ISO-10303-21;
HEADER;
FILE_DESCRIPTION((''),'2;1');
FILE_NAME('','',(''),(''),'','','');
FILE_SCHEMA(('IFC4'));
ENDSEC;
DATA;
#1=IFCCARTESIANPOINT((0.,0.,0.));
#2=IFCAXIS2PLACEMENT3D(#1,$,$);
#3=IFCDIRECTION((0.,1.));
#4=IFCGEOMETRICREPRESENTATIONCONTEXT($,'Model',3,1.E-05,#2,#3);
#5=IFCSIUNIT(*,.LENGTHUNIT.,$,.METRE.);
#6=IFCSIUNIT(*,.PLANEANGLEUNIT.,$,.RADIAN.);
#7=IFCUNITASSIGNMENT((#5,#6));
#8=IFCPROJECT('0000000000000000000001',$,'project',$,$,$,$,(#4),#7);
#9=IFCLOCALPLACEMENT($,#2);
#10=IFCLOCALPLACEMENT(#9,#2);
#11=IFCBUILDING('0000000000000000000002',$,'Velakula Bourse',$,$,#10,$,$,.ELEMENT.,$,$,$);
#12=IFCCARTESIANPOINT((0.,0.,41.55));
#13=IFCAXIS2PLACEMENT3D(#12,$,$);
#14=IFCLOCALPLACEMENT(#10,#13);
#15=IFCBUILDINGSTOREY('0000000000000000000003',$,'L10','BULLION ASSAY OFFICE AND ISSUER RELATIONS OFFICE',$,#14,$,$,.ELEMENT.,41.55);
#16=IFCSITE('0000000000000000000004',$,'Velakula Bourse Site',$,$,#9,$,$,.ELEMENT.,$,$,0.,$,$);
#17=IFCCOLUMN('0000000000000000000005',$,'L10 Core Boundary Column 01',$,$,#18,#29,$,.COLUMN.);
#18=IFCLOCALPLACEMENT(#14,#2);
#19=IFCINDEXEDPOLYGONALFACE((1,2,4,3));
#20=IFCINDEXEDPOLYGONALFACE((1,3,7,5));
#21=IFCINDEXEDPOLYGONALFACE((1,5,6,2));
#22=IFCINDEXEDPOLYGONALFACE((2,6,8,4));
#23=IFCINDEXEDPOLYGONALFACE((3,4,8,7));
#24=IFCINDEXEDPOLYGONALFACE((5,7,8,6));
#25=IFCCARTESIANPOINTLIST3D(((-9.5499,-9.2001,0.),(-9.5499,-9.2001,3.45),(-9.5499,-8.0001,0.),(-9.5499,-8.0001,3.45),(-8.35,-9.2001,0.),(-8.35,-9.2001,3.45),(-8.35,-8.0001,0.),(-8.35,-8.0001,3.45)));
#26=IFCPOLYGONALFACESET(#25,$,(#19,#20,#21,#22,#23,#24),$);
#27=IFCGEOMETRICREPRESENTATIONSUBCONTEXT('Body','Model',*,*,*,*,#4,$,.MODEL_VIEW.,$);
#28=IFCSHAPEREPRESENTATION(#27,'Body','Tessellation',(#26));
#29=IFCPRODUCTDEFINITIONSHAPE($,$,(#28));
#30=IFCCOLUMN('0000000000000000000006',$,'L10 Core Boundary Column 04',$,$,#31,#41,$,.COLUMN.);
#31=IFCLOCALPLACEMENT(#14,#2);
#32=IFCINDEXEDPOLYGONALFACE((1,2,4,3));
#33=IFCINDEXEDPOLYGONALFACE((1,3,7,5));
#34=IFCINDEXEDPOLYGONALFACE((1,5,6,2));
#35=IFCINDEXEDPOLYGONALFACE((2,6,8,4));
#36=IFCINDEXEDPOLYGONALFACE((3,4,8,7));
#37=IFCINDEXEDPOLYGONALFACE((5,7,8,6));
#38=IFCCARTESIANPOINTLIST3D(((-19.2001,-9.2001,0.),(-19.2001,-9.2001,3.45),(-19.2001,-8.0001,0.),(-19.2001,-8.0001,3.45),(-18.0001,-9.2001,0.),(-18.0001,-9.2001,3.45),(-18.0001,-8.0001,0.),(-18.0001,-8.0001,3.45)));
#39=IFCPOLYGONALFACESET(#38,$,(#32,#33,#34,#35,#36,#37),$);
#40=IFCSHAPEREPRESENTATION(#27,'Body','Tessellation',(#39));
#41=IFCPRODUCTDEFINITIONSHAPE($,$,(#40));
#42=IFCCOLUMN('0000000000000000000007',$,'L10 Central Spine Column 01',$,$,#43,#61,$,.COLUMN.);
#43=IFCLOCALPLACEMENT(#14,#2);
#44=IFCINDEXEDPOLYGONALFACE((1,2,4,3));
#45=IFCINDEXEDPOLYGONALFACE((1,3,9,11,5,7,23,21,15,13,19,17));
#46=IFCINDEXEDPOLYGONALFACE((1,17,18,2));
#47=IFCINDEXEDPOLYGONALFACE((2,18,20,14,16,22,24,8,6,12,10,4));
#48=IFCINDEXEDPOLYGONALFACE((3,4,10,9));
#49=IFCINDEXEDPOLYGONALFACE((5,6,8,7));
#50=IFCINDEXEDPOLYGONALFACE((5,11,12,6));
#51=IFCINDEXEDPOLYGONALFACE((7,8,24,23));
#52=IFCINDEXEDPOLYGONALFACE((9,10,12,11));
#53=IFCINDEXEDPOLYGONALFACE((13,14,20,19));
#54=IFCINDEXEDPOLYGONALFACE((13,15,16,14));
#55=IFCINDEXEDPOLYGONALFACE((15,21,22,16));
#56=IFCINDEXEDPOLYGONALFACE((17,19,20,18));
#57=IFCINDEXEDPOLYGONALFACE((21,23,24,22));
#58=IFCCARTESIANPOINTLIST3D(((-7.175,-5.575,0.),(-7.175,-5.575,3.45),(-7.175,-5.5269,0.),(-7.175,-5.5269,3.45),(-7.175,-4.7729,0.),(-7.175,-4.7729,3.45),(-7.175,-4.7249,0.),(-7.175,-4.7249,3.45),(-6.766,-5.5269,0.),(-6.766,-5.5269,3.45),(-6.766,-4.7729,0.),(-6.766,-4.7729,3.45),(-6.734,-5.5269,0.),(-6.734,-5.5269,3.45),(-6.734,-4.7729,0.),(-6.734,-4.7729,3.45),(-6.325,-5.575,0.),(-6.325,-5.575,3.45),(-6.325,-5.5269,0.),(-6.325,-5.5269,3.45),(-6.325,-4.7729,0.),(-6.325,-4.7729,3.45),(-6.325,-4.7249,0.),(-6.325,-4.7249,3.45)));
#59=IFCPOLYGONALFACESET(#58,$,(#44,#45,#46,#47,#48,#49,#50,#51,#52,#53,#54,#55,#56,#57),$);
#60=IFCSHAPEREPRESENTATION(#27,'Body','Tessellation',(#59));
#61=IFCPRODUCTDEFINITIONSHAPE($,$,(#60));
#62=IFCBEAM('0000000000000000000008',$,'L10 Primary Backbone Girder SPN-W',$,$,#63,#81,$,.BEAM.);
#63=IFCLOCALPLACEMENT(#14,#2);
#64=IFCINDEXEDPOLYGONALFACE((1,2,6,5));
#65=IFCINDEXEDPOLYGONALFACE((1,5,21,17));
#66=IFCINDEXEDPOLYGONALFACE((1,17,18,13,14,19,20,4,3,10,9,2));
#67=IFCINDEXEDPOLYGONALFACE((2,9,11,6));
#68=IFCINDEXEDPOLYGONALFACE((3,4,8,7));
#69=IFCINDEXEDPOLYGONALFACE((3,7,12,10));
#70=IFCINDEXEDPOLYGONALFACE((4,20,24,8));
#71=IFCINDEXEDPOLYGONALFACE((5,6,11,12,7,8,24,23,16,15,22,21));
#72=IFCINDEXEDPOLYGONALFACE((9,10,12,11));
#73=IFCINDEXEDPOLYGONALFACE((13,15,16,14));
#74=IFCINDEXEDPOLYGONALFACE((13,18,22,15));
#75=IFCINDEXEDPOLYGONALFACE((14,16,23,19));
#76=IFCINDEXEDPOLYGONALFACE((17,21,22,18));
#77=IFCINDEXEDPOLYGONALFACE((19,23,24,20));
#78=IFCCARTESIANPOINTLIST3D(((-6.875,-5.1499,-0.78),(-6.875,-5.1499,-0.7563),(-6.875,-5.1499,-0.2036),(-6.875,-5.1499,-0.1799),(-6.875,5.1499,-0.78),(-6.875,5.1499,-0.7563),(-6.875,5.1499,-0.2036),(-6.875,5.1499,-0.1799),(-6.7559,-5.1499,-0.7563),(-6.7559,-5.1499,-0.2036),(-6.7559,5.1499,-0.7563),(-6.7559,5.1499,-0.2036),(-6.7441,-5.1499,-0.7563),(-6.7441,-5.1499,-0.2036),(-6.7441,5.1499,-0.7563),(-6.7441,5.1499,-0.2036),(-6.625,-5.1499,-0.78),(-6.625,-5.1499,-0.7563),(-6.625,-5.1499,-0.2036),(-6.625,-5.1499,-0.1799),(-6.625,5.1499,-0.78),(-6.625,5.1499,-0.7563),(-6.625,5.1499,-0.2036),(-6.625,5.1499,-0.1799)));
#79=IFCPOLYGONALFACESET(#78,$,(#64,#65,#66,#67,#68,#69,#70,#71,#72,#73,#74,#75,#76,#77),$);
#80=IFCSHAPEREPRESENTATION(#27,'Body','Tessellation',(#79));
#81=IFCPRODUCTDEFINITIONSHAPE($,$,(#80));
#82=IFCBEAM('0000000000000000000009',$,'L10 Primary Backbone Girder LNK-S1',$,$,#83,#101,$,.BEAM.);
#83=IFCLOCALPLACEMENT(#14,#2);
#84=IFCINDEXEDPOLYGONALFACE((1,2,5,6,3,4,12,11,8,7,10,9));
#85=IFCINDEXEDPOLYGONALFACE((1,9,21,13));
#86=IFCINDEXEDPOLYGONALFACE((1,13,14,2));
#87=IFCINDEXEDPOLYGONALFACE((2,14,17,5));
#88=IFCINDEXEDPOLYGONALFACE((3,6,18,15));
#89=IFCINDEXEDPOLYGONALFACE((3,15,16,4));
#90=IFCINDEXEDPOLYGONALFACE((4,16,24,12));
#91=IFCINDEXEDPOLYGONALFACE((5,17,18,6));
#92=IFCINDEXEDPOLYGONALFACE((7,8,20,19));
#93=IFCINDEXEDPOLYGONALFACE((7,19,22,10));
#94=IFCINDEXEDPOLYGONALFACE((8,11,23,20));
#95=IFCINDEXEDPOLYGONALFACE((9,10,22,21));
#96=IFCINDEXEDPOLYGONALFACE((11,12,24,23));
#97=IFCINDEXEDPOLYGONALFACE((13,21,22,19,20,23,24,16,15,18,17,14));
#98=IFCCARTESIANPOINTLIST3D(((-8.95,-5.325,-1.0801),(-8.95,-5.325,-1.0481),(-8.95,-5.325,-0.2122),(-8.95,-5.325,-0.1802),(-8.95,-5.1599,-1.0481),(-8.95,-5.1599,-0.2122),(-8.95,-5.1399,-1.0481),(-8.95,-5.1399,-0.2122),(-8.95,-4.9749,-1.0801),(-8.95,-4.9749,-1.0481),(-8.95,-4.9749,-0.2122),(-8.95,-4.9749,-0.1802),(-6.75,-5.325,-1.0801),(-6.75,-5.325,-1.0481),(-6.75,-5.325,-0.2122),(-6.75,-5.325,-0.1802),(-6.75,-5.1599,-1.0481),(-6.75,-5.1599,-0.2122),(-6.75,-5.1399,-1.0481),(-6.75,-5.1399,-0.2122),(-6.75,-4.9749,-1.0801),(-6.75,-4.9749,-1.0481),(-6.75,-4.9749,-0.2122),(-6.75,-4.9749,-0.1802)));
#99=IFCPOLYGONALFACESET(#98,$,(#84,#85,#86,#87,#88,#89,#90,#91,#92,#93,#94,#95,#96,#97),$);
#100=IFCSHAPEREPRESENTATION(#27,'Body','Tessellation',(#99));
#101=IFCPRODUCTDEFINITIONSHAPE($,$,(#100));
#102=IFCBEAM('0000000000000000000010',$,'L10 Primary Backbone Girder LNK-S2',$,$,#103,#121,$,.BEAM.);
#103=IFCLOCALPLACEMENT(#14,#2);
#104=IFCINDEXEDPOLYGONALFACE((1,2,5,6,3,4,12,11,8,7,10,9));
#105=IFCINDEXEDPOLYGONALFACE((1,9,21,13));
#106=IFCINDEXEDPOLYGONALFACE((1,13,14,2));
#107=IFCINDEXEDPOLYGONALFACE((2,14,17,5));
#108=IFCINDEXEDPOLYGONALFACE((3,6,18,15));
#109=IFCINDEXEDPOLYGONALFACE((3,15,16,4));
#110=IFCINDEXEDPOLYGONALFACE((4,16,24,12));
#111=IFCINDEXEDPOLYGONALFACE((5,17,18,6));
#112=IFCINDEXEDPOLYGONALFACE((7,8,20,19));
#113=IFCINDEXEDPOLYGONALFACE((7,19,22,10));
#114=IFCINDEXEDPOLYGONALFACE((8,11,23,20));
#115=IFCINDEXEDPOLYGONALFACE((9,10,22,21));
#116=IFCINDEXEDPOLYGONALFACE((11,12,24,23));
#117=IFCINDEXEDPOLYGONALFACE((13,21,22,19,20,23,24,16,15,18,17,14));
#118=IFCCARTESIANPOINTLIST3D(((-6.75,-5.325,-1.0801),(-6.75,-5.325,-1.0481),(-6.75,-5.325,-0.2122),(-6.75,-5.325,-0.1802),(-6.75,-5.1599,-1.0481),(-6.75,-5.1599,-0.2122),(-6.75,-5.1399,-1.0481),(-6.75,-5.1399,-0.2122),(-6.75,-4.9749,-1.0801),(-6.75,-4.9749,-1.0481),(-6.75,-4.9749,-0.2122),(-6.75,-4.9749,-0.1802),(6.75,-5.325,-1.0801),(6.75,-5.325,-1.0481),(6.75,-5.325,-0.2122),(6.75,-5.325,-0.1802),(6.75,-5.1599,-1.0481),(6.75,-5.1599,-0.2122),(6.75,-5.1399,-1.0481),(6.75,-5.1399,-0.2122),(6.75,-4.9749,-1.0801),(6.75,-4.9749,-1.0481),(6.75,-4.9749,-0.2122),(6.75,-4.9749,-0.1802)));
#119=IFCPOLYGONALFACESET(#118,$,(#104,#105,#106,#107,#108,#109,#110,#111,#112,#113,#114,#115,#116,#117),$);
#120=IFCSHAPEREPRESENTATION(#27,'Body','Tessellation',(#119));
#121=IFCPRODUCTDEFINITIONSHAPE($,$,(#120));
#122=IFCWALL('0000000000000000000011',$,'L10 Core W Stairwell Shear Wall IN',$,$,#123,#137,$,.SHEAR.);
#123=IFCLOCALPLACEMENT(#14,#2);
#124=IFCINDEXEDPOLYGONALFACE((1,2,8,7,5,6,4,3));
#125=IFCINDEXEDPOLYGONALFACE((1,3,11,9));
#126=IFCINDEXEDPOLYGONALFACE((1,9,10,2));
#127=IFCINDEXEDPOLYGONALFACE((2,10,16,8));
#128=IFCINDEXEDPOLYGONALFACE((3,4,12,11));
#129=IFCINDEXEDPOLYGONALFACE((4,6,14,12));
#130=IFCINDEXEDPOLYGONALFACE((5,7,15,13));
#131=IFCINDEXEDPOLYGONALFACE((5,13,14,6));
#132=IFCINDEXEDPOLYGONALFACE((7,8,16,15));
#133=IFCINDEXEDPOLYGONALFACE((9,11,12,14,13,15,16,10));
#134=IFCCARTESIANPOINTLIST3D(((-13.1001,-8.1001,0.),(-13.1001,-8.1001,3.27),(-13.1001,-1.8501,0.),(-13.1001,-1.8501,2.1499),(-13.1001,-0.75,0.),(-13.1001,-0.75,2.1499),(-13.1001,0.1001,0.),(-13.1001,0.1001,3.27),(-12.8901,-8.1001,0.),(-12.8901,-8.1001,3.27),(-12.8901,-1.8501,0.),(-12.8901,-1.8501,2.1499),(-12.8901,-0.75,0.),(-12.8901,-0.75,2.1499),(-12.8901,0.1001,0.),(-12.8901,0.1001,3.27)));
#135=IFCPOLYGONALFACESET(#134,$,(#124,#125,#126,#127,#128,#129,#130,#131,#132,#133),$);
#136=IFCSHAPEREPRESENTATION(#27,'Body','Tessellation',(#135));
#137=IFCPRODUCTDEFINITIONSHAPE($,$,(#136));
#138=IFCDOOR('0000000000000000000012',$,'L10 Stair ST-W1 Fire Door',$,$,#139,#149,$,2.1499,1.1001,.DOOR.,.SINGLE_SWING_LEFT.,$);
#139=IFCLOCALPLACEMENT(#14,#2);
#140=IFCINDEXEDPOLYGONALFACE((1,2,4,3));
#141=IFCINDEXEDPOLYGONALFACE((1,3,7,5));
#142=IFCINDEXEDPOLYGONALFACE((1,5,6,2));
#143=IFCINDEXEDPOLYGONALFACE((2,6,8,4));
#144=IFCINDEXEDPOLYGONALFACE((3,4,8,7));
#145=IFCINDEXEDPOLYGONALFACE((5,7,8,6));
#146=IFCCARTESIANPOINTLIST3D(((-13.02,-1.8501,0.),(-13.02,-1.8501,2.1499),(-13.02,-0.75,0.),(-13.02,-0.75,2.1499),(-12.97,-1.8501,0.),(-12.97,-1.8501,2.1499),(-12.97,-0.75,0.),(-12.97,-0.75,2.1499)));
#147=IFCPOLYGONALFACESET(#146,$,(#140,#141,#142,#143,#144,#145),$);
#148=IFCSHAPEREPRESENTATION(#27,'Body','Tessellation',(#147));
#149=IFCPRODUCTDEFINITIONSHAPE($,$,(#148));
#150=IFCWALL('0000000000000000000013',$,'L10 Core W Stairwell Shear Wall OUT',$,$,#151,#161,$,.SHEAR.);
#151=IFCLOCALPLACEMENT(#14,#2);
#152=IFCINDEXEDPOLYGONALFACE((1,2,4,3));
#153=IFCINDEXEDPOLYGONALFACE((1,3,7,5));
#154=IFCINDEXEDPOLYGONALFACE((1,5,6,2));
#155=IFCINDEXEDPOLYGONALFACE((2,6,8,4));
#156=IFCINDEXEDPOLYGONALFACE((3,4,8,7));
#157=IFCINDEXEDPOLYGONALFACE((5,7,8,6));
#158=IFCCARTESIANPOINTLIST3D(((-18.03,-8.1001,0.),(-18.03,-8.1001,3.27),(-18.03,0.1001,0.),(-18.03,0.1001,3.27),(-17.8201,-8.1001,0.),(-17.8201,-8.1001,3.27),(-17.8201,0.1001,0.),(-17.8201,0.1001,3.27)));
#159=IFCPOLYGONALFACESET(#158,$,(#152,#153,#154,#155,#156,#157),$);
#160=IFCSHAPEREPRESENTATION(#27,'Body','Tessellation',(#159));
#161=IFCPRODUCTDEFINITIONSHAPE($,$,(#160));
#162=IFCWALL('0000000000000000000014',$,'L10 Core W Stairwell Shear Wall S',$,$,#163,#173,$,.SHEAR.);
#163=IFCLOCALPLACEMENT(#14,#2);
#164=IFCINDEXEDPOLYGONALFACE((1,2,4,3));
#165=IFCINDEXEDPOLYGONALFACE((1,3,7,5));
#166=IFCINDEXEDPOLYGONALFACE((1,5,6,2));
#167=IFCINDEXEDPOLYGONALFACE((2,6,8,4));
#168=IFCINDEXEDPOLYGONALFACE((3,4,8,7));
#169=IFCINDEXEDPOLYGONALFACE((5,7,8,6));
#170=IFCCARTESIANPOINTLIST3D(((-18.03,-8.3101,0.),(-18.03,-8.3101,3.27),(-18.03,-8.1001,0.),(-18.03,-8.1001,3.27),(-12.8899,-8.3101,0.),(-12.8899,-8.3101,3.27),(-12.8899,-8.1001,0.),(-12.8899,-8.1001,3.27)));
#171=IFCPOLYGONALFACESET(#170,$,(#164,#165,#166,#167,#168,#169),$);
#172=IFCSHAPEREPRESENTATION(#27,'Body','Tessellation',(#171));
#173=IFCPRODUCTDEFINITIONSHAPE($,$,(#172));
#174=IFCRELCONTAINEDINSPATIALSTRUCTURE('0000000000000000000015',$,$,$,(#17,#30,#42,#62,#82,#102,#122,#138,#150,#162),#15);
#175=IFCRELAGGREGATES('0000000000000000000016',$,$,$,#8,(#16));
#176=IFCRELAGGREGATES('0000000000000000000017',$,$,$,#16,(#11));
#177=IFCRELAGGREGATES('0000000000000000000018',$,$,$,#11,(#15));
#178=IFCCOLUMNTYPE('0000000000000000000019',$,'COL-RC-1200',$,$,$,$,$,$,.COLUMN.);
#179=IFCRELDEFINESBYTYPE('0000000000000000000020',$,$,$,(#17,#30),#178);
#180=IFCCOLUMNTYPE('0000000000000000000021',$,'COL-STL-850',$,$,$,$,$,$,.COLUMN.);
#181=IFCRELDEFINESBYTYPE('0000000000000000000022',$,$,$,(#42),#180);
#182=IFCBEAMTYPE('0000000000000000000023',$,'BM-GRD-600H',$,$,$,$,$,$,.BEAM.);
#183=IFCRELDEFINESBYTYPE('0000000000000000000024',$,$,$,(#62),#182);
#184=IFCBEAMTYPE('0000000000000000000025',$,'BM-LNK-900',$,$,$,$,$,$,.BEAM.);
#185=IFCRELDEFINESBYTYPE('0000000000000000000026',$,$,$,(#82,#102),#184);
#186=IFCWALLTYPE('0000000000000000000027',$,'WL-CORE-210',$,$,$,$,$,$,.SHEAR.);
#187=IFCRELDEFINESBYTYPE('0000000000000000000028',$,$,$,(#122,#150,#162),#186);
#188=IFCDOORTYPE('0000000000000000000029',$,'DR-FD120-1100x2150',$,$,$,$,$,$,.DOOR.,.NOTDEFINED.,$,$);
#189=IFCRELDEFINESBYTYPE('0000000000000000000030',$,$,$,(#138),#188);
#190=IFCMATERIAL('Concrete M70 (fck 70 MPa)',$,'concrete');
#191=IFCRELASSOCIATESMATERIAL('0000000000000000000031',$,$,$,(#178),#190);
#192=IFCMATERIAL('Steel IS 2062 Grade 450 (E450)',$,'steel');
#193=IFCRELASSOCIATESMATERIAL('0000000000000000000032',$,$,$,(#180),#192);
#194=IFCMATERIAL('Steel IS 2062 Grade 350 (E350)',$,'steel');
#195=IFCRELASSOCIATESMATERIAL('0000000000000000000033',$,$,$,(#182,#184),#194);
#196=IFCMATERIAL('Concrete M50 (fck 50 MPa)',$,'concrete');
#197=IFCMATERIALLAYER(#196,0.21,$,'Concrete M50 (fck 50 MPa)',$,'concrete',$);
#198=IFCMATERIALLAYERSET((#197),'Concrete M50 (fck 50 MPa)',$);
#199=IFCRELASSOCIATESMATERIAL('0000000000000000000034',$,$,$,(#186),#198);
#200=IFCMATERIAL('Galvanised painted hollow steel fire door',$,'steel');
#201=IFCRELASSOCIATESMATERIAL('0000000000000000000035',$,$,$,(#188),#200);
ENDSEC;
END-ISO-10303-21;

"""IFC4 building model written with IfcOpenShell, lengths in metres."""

from ifc_helpers import new_model, si_unit, direction, frame, frame_2d, origin, origin_2d, place, context, subcontext, project, spatial, rectangle, i_section, extrude, material, layer, layer_set, material_profile, profile_set, type_object, element, fill, save


model = new_model("IFC4")

# Units and contexts
model_context = context("Model", 3, precision=1e-05, world=origin(), true_north=direction((0.0, 1.0)))
body_context = subcontext(model_context, "Body", "Model", "MODEL_VIEW")
ifc_project = project(units=[si_unit("LENGTHUNIT", "METRE"), si_unit("PLANEANGLEUNIT", "RADIAN")], contexts=[model_context])

# Site, building, storey
site_placement = place(None, origin())
site = spatial("IfcSite", under=ifc_project, at=site_placement, Name="Velakula Bourse Site", CompositionType="ELEMENT", RefElevation=0.0)
building_placement = place(site_placement, origin())
building = spatial("IfcBuilding", under=site, at=building_placement, Name="Velakula Bourse", CompositionType="ELEMENT")
storey_placement = place(building_placement, frame((0.0, 0.0, 41.55)))
storey = spatial("IfcBuildingStorey", under=building, at=storey_placement, Name="L10", Description="BULLION ASSAY OFFICE AND ISSUER RELATIONS OFFICE", CompositionType="ELEMENT", Elevation=41.55)

# Columns
ifc_material_1 = material(Name="Concrete M70 (fck 70 MPa)", Category="concrete")
ifc_material_profile_1 = material_profile(ifc_material_1, rectangle(XDim=1.2, YDim=1.2, at=origin_2d()), Name="Concrete M70 (fck 70 MPa)")
ifc_profile_set_1 = profile_set([ifc_material_profile_1], Name="Concrete M70 (fck 70 MPa)")
column_type_1 = type_object("IfcColumnType", Name="COL-RC-1200", PredefinedType="COLUMN", material=ifc_profile_set_1)
for number, where, z_axis, x_axis, name in (
    (1, (-8.95, -8.6001, 0.0), (0.0, 0.0, 1.0), (1.0, 0.0, 0.0), "L10 Core Boundary Column 01"),
    (2, (-18.6001, -8.6001, 0.0), (0.0, 0.0, 1.0), (1.0, 0.0, 0.0), "L10 Core Boundary Column 04"),
):
    element("IfcColumn", number, at=place(storey_placement, frame(where, z_axis=z_axis, x_axis=x_axis)), inside=storey, type_object=column_type_1, Name=name, PredefinedType="COLUMN", context=body_context, shape_type="SweptSolid", body=[
        extrude(rectangle(XDim=1.2, YDim=1.2, at=origin_2d()), origin(), (0.0, 0.0, 1.0), 3.45),
    ])
ifc_material_2 = material(Name="Steel IS 2062 Grade 450 (E450)", Category="steel")
ifc_material_profile_2 = material_profile(ifc_material_2, i_section(OverallWidth=0.8501, OverallDepth=0.8501, WebThickness=0.032, FlangeThickness=0.0481, at=origin_2d()), Name="Steel IS 2062 Grade 450 (E450)")
ifc_profile_set_2 = profile_set([ifc_material_profile_2], Name="Steel IS 2062 Grade 450 (E450)")
column_type_2 = type_object("IfcColumnType", Name="COL-STL-850", PredefinedType="COLUMN", material=ifc_profile_set_2)
column_placement = place(storey_placement, frame((-6.75, -5.1499, 0.0), z_axis=(0.0, 0.0, 1.0), x_axis=(1.0, 0.0, 0.0)))
element("IfcColumn", 3, at=column_placement, inside=storey, type_object=column_type_2, Name="L10 Central Spine Column 01", PredefinedType="COLUMN", context=body_context, shape_type="SweptSolid", body=[
    extrude(i_section(OverallWidth=0.8501, OverallDepth=0.8501, WebThickness=0.032, FlangeThickness=0.0481, at=origin_2d()), origin(), (0.0, 0.0, 1.0), 3.45),
])

# Beams
ifc_material_3 = material(Name="Steel IS 2062 Grade 350 (E350)", Category="steel")
ifc_material_profile_3 = material_profile(ifc_material_3, i_section(OverallWidth=0.25, OverallDepth=0.6001, WebThickness=0.0117, FlangeThickness=0.0237, at=origin_2d()), Name="Steel IS 2062 Grade 350 (E350)")
ifc_profile_set_3 = profile_set([ifc_material_profile_3], Name="Steel IS 2062 Grade 350 (E350)")
beam_type_1 = type_object("IfcBeamType", Name="BM-GRD-600H", PredefinedType="BEAM", material=ifc_profile_set_3)
beam_1_placement = place(storey_placement, frame((-6.75, -5.1499, -0.48), z_axis=(0.0, 1.0, 0.0), x_axis=(-1.0, 0.0, 0.0)))
element("IfcBeam", 4, at=beam_1_placement, inside=storey, type_object=beam_type_1, Name="L10 Primary Backbone Girder SPN-W", PredefinedType="BEAM", context=body_context, shape_type="SweptSolid", body=[
    extrude(i_section(OverallWidth=0.25, OverallDepth=0.6001, WebThickness=0.0117, FlangeThickness=0.0237, at=origin_2d()), origin(), (0.0, 0.0, 1.0), 10.2998),
])
ifc_material_profile_4 = material_profile(ifc_material_3, i_section(OverallWidth=0.3501, OverallDepth=0.8999, WebThickness=0.02, FlangeThickness=0.032, at=origin_2d()), Name="Steel IS 2062 Grade 350 (E350)")
ifc_profile_set_4 = profile_set([ifc_material_profile_4], Name="Steel IS 2062 Grade 350 (E350)")
beam_type_2 = type_object("IfcBeamType", Name="BM-LNK-900", PredefinedType="BEAM", material=ifc_profile_set_4)
beam_2_placement = place(storey_placement, frame((-8.95, -5.1499, -0.6301), z_axis=(1.0, 0.0, 0.0), x_axis=(0.0, 1.0, 0.0)))
element("IfcBeam", 5, at=beam_2_placement, inside=storey, type_object=beam_type_2, Name="L10 Primary Backbone Girder LNK-S1", PredefinedType="BEAM", context=body_context, shape_type="SweptSolid", body=[
    extrude(i_section(OverallWidth=0.3501, OverallDepth=0.8999, WebThickness=0.02, FlangeThickness=0.032, at=origin_2d()), origin(), (0.0, 0.0, 1.0), 2.2),
])
beam_3_placement = place(storey_placement, frame((-6.75, -5.1499, -0.6301), z_axis=(1.0, 0.0, 0.0), x_axis=(0.0, 1.0, 0.0)))
element("IfcBeam", 6, at=beam_3_placement, inside=storey, type_object=beam_type_2, Name="L10 Primary Backbone Girder LNK-S2", PredefinedType="BEAM", context=body_context, shape_type="SweptSolid", body=[
    extrude(i_section(OverallWidth=0.3501, OverallDepth=0.8999, WebThickness=0.02, FlangeThickness=0.032, at=origin_2d()), origin(), (0.0, 0.0, 1.0), 13.5),
])

# Wall, opening, door
ifc_material_4 = material(Name="Concrete M50 (fck 50 MPa)", Category="concrete")
ifc_layer_1 = layer(ifc_material_4, 0.21, Name="Concrete M50 (fck 50 MPa)", Category="concrete")
ifc_layer_set_1 = layer_set([ifc_layer_1], Name="Concrete M50 (fck 50 MPa)")
wall_type_1 = type_object("IfcWallType", Name="WL-CORE-210", PredefinedType="SHEAR", material=ifc_layer_set_1)
wall_1_placement = place(storey_placement, frame((-12.9951, -8.1001, 0.0), z_axis=(0.0, 0.0, 1.0), x_axis=(0.0, 1.0, 0.0)))
wall_1 = element("IfcWall", 7, at=wall_1_placement, inside=storey, type_object=wall_type_1, Name="L10 Core W Stairwell Shear Wall IN", PredefinedType="SHEAR", context=body_context, shape_type="SweptSolid", body=[
    extrude(rectangle(XDim=8.2002, YDim=0.21, at=frame_2d((4.1001, 0.0))), origin(), (0.0, 0.0, 1.0), 3.27),
])
opening_1_placement = place(wall_1_placement, frame((6.25, 0.0, 0.0)))
opening_1 = element("IfcOpeningElement", 8, at=opening_1_placement, cuts=wall_1, PredefinedType="OPENING", context=body_context, shape_type="SweptSolid", body=[
    extrude(rectangle(XDim=1.1001, YDim=2.1499, at=frame_2d((0.55, 1.075))), frame((0.0, 0.115, 0.0), z_axis=(0.0, -1.0, 0.0), x_axis=(1.0, 0.0, 0.0)), (0.0, 0.0, 1.0), 0.23),
])
ifc_material_5 = material(Name="Galvanised painted hollow steel fire door", Category="steel")
door_type_1 = type_object("IfcDoorType", Name="DR-FD120-1100x2150", OperationType="NOTDEFINED", PredefinedType="DOOR", material=ifc_material_5)
door_1_placement = place(opening_1_placement, origin())
door_1 = element("IfcDoor", 9, at=door_1_placement, inside=storey, type_object=door_type_1, Name="L10 Stair ST-W1 Fire Door", OperationType="SINGLE_SWING_LEFT", OverallHeight=2.1499, OverallWidth=1.1001, PredefinedType="DOOR", context=body_context, shape_type="SweptSolid", body=[
    extrude(rectangle(XDim=1.1001, YDim=2.1499, at=frame_2d((0.55, 1.075))), frame((0.0, 0.0249, 0.0), z_axis=(0.0, -1.0, 0.0), x_axis=(1.0, 0.0, 0.0)), (0.0, 0.0, 1.0), 0.05),
])
fill(opening_1, door_1)

# Walls
wall_2_placement = place(storey_placement, frame((-17.925, -8.1001, 0.0), z_axis=(0.0, 0.0, 1.0), x_axis=(0.0, 1.0, 0.0)))
element("IfcWall", 10, at=wall_2_placement, inside=storey, type_object=wall_type_1, Name="L10 Core W Stairwell Shear Wall OUT", PredefinedType="SHEAR", context=body_context, shape_type="SweptSolid", body=[
    extrude(rectangle(XDim=8.2002, YDim=0.21, at=frame_2d((4.1001, 0.0))), origin(), (0.0, 0.0, 1.0), 3.27),
])
wall_3_placement = place(storey_placement, frame((-18.03, -8.2051, 0.0), z_axis=(0.0, 0.0, 1.0), x_axis=(1.0, 0.0, 0.0)))
element("IfcWall", 11, at=wall_3_placement, inside=storey, type_object=wall_type_1, Name="L10 Core W Stairwell Shear Wall S", PredefinedType="SHEAR", context=body_context, shape_type="SweptSolid", body=[
    extrude(rectangle(XDim=5.1401, YDim=0.21, at=frame_2d((2.5701, 0.0))), origin(), (0.0, 0.0, 1.0), 3.27),
])

save(model, "model.ifc")
